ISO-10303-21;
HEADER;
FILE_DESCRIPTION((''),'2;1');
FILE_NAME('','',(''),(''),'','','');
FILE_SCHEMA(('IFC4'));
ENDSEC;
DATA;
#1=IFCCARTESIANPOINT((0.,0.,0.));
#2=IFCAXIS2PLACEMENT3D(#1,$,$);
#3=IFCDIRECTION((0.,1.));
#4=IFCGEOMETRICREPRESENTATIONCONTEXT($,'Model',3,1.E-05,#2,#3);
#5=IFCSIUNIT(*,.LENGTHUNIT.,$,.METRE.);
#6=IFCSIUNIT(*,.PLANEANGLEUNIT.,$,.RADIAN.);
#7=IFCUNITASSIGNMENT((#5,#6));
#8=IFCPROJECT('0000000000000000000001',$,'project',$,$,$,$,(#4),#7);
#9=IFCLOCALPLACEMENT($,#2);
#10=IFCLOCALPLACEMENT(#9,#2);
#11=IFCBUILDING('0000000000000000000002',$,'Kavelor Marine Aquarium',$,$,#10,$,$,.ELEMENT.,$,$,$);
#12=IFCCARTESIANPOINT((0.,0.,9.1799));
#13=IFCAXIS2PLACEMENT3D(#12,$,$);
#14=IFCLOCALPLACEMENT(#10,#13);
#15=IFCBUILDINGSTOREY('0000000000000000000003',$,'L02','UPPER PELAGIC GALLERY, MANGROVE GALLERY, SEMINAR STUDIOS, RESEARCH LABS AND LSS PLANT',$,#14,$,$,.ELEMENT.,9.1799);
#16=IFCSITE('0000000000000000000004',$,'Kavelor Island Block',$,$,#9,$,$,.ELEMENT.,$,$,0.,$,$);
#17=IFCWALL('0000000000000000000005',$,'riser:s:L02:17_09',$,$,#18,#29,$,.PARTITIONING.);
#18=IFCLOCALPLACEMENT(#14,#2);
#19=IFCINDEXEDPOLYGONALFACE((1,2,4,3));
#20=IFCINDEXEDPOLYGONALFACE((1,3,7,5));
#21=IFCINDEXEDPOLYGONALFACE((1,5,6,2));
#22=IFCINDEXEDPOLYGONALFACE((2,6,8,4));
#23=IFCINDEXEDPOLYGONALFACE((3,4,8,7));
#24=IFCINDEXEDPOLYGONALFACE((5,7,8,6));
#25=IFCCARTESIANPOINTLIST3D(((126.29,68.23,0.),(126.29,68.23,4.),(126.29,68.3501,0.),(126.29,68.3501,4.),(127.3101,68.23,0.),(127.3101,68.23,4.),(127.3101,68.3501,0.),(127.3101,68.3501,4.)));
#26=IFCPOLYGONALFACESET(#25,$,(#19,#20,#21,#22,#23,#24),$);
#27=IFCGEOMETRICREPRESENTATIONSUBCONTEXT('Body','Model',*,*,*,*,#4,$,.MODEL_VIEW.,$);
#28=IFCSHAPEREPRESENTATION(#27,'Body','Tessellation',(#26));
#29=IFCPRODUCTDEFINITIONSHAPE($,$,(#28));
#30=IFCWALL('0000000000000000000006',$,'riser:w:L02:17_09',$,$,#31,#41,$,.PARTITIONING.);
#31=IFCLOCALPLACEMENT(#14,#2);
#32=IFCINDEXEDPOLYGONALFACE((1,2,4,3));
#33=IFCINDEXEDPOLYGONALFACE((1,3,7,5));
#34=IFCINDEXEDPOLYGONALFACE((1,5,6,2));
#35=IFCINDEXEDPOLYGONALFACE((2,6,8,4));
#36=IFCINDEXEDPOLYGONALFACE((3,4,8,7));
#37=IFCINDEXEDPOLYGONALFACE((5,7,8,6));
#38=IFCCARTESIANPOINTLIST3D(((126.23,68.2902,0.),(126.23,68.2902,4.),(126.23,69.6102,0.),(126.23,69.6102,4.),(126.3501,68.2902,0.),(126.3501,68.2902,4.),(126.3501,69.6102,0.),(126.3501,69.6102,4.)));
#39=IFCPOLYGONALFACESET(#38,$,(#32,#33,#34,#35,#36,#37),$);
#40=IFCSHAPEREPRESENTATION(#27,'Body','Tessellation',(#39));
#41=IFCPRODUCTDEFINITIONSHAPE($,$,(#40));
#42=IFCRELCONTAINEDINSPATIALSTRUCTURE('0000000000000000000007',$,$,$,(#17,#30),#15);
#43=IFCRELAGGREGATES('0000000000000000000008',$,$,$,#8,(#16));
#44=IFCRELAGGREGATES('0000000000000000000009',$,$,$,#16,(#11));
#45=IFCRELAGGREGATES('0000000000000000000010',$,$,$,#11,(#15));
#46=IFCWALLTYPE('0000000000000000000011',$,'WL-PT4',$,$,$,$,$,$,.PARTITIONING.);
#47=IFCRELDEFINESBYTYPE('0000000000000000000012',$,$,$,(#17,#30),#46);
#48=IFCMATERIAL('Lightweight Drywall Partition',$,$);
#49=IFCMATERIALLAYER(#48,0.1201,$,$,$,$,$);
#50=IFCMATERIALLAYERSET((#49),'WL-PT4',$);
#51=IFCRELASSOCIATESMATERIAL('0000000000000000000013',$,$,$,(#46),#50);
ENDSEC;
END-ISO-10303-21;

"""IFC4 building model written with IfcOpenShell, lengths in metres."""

from ifc_helpers import new_model, si_unit, direction, frame, frame_2d, origin, place, context, subcontext, project, spatial, rectangle, extrude, material, layer, layer_set, type_object, element, save


model = new_model("IFC4")

# Units and contexts
model_context = context("Model", 3, precision=1e-05, world=origin(), true_north=direction((0.0, 1.0)))
body_context = subcontext(model_context, "Body", "Model", "MODEL_VIEW")
ifc_project = project(units=[si_unit("LENGTHUNIT", "METRE"), si_unit("PLANEANGLEUNIT", "RADIAN")], contexts=[model_context])

# Site, building, storey
site_placement = place(None, origin())
site = spatial("IfcSite", under=ifc_project, at=site_placement, Name="Kavelor Island Block", CompositionType="ELEMENT", RefElevation=0.0)
building_placement = place(site_placement, origin())
building = spatial("IfcBuilding", under=site, at=building_placement, Name="Kavelor Marine Aquarium", CompositionType="ELEMENT")
storey_placement = place(building_placement, frame((0.0, 0.0, 9.1799)))
storey = spatial("IfcBuildingStorey", under=building, at=storey_placement, Name="L02", Description="UPPER PELAGIC GALLERY, MANGROVE GALLERY, SEMINAR STUDIOS, RESEARCH LABS AND LSS PLANT", CompositionType="ELEMENT", Elevation=9.1799)

# Walls
ifc_material_1 = material(Name="Lightweight Drywall Partition")
ifc_layer_1 = layer(ifc_material_1, 0.1201)
ifc_layer_set_1 = layer_set([ifc_layer_1], Name="WL-PT4")
wall_type_1 = type_object("IfcWallType", Name="WL-PT4", PredefinedType="PARTITIONING", material=ifc_layer_set_1)
wall_1_placement = place(storey_placement, frame((126.29, 68.29, 0.0), z_axis=(0.0, 0.0, 1.0), x_axis=(1.0, 0.0, 0.0)))
element("IfcWall", 1, at=wall_1_placement, inside=storey, type_object=wall_type_1, Name="riser:s:L02:17_09", PredefinedType="PARTITIONING", context=body_context, shape_type="SweptSolid", body=[
    extrude(rectangle(XDim=1.02, YDim=0.1201, at=frame_2d((0.51, 0.0))), origin(), (0.0, 0.0, 1.0), 4.0),
])
wall_2_placement = place(storey_placement, frame((126.29, 68.29, 0.0), z_axis=(0.0, 0.0, 1.0), x_axis=(0.0, 1.0, 0.0)))
element("IfcWall", 2, at=wall_2_placement, inside=storey, type_object=wall_type_1, Name="riser:w:L02:17_09", PredefinedType="PARTITIONING", context=body_context, shape_type="SweptSolid", body=[
    extrude(rectangle(XDim=1.3201, YDim=0.1201, at=frame_2d((0.6602, 0.0))), origin(), (0.0, 0.0, 1.0), 4.0),
])

save(model, "model.ifc")
